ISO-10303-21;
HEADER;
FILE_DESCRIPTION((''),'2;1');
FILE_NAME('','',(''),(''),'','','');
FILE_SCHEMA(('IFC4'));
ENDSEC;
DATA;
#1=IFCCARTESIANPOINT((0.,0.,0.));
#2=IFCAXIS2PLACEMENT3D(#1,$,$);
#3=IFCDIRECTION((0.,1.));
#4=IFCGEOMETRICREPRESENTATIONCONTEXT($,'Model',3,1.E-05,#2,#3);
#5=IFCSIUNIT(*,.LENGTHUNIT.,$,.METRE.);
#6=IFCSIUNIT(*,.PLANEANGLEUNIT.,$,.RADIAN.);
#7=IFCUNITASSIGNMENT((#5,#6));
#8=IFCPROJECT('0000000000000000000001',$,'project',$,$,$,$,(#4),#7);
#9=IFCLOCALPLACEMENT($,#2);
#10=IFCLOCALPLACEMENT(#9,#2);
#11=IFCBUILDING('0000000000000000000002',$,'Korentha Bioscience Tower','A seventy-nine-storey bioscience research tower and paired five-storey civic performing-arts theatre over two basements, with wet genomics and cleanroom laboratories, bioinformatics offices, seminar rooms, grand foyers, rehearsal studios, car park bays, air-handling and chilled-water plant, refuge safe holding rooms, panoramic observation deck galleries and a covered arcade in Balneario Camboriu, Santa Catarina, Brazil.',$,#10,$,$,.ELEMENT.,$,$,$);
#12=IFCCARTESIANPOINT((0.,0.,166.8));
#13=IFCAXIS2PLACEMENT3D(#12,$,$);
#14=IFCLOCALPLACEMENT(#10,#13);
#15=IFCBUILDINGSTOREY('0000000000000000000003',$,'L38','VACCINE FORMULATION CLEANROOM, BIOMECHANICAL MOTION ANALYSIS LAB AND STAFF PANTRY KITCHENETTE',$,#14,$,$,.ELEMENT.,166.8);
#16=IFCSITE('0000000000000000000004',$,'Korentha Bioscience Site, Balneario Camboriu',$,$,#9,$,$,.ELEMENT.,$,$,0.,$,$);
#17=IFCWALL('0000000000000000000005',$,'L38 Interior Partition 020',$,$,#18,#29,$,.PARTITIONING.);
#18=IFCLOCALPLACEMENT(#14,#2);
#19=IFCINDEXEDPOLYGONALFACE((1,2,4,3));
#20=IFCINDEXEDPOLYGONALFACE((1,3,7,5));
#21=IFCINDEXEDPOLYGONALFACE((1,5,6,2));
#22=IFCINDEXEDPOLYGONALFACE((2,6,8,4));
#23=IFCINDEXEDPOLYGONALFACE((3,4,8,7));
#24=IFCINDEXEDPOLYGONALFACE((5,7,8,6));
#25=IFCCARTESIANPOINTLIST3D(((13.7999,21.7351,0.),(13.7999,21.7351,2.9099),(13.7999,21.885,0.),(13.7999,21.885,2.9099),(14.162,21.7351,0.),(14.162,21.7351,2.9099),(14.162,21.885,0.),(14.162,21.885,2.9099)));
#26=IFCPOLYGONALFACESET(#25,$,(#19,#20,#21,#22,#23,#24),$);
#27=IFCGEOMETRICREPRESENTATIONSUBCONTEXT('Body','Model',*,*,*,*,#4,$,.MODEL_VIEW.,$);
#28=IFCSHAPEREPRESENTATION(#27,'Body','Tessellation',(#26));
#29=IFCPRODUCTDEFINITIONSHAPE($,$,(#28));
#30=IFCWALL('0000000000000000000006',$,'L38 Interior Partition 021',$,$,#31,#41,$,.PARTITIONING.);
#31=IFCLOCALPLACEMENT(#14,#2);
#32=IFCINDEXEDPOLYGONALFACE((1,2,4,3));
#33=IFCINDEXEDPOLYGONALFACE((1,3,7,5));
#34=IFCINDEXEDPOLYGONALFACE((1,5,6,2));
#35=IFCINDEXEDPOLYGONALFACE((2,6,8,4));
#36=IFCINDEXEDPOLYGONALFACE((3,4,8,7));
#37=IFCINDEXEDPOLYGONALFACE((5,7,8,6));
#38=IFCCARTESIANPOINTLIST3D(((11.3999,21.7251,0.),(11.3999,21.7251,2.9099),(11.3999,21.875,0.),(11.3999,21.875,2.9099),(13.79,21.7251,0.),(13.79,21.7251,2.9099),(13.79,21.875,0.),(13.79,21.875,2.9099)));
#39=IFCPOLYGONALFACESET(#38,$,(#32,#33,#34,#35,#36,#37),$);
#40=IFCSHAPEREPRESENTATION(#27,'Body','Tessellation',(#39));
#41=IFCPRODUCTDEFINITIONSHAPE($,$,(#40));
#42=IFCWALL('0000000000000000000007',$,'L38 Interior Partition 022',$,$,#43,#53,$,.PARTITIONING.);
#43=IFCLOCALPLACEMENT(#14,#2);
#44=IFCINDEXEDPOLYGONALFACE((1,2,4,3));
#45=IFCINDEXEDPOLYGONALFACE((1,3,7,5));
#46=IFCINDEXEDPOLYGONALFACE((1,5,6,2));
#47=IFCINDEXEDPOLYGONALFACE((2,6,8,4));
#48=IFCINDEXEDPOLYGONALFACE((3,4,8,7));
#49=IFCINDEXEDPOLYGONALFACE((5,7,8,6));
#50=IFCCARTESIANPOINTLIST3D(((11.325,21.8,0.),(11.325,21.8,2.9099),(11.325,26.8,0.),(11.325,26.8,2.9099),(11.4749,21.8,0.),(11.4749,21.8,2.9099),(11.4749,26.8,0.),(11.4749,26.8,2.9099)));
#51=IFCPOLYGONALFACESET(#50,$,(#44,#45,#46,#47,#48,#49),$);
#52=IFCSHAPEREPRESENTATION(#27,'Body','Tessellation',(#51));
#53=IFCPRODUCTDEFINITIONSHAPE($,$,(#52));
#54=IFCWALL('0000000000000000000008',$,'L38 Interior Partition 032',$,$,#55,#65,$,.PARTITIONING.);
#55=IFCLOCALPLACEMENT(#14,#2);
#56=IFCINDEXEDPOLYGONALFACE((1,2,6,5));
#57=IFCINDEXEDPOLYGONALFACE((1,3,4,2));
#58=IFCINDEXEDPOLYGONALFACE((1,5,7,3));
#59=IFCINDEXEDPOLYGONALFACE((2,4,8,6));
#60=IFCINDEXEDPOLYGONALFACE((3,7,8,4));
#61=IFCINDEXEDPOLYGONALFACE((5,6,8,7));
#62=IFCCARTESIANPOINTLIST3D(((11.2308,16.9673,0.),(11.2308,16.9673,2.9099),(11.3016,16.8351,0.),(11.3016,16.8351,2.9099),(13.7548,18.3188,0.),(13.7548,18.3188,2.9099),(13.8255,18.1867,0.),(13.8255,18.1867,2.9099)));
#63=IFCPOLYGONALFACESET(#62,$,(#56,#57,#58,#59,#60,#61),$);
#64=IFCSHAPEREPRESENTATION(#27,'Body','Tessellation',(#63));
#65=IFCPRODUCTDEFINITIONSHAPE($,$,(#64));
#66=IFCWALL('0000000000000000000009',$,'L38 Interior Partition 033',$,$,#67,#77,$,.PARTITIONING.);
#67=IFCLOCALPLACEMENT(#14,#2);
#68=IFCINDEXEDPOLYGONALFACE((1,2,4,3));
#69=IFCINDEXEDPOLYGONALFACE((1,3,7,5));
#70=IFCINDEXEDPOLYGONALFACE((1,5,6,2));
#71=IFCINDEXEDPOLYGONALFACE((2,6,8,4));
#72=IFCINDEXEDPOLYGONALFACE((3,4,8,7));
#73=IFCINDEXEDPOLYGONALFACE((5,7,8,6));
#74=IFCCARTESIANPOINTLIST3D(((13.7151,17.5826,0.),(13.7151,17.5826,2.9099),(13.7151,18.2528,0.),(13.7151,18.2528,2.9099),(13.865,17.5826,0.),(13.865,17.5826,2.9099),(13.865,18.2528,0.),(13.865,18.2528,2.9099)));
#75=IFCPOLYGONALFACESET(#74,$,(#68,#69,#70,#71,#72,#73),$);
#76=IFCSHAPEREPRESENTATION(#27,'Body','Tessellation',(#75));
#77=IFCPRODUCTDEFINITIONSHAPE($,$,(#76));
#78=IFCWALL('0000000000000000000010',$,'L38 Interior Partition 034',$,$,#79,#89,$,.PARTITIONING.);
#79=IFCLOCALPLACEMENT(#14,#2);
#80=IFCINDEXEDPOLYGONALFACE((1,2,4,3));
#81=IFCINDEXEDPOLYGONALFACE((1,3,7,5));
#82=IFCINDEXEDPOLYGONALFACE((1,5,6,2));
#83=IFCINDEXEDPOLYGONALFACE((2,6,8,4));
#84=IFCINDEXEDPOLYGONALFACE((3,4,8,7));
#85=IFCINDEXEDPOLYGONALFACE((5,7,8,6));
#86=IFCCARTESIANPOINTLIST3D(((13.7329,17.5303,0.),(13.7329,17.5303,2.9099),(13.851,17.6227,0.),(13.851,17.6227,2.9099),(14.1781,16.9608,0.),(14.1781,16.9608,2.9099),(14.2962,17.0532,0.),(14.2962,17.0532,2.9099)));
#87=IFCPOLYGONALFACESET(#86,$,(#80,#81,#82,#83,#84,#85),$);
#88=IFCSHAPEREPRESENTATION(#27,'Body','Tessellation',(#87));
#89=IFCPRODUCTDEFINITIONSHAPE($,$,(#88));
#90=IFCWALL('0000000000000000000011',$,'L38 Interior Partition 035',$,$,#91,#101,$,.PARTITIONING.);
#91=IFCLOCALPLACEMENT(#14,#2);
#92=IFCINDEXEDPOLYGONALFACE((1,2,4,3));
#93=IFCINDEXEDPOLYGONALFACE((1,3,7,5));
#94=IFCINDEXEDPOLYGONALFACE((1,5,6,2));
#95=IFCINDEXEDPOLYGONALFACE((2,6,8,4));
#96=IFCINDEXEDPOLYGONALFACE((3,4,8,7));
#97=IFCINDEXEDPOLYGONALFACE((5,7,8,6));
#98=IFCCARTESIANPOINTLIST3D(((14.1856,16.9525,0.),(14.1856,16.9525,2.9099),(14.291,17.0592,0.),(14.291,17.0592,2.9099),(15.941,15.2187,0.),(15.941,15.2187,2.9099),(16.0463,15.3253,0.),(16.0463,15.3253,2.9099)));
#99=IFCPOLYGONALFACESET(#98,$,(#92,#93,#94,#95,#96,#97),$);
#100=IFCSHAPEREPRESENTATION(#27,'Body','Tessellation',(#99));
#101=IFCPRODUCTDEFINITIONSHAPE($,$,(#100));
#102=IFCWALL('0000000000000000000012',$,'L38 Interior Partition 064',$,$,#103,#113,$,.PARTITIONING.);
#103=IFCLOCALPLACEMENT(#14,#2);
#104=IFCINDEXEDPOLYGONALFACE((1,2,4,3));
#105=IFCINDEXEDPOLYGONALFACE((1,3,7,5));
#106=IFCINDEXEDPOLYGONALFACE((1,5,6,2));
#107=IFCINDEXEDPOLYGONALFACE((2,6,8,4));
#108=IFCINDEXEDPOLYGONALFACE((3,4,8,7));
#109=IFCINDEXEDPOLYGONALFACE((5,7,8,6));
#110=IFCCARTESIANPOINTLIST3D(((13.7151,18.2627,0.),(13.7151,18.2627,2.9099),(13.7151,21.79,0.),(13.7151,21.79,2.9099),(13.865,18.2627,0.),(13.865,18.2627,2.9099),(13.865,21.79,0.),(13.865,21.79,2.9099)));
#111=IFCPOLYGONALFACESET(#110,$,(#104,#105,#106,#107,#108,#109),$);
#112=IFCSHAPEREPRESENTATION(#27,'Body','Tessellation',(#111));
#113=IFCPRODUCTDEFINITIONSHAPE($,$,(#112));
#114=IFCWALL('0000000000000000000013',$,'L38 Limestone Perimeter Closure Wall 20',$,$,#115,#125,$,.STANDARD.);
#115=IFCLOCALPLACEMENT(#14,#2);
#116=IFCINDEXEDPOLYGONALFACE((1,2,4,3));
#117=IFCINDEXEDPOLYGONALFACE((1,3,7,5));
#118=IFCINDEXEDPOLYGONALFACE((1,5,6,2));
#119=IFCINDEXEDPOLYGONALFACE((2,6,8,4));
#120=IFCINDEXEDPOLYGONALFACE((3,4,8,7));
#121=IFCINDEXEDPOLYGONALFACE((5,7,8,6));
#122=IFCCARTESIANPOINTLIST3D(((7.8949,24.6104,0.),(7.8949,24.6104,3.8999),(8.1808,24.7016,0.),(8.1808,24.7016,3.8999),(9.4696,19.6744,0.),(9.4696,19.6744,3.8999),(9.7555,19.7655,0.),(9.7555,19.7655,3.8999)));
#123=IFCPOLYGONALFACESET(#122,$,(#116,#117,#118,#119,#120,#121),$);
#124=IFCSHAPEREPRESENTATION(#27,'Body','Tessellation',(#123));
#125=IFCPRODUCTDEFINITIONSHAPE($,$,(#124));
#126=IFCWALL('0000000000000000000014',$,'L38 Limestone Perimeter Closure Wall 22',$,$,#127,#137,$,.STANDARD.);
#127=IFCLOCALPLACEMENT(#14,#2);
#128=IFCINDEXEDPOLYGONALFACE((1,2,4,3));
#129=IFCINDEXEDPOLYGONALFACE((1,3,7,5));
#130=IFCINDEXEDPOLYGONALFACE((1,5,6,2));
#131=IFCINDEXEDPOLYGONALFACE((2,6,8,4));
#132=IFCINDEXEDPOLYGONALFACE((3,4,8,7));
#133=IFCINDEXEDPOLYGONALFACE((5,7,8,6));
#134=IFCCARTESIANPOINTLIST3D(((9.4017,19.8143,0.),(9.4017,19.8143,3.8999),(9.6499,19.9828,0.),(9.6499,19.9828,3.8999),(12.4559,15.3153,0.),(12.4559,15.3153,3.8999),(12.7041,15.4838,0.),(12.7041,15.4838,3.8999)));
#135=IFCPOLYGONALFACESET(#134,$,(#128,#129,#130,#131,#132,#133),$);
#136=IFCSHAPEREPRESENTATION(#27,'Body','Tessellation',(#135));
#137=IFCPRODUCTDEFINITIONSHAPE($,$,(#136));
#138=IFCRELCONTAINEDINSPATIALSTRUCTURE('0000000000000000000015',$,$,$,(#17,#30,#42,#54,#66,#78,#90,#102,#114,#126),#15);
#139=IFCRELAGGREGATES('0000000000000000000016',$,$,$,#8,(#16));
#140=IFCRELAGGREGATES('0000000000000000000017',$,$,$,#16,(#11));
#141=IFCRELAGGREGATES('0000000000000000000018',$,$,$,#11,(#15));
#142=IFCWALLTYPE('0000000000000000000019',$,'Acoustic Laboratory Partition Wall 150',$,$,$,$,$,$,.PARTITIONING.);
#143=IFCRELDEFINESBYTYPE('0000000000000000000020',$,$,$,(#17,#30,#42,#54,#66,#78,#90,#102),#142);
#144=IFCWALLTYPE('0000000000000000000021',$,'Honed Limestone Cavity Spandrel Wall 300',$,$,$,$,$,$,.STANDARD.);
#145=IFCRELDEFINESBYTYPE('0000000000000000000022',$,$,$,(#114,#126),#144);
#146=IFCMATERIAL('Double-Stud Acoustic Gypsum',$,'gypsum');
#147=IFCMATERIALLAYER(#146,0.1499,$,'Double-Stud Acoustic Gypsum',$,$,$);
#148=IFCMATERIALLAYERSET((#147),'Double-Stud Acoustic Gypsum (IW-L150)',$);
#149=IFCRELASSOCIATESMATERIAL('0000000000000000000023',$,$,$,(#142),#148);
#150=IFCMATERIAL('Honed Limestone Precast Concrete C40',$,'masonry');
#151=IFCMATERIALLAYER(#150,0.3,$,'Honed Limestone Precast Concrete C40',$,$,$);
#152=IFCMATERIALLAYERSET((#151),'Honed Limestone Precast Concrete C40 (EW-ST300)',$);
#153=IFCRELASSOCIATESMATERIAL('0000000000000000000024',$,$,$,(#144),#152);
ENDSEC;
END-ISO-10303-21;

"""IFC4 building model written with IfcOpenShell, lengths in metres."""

from ifc_helpers import new_model, si_unit, direction, frame, frame_2d, origin, place, context, subcontext, project, spatial, rectangle, extrude, material, layer, layer_set, type_object, element, save


model = new_model("IFC4")

# Units and contexts
model_context = context("Model", 3, precision=1e-05, world=origin(), true_north=direction((0.0, 1.0)))
body_context = subcontext(model_context, "Body", "Model", "MODEL_VIEW")
ifc_project = project(units=[si_unit("LENGTHUNIT", "METRE"), si_unit("PLANEANGLEUNIT", "RADIAN")], contexts=[model_context])

# Site, building, storey
site_placement = place(None, origin())
site = spatial("IfcSite", under=ifc_project, at=site_placement, Name="Korentha Bioscience Site, Balneario Camboriu", CompositionType="ELEMENT", RefElevation=0.0)
building_placement = place(site_placement, origin())
building = spatial("IfcBuilding", under=site, at=building_placement, Name="Korentha Bioscience Tower", Description="A seventy-nine-storey bioscience research tower and paired five-storey civic performing-arts theatre over two basements, with wet genomics and cleanroom laboratories, bioinformatics offices, seminar rooms, grand foyers, rehearsal studios, car park bays, air-handling and chilled-water plant, refuge safe holding rooms, panoramic observation deck galleries and a covered arcade in Balneario Camboriu, Santa Catarina, Brazil.", CompositionType="ELEMENT")
storey_placement = place(building_placement, frame((0.0, 0.0, 166.8)))
storey = spatial("IfcBuildingStorey", under=building, at=storey_placement, Name="L38", Description="VACCINE FORMULATION CLEANROOM, BIOMECHANICAL MOTION ANALYSIS LAB AND STAFF PANTRY KITCHENETTE", CompositionType="ELEMENT", Elevation=166.8)

# Walls
ifc_material_1 = material(Name="Double-Stud Acoustic Gypsum", Category="gypsum")
ifc_layer_1 = layer(ifc_material_1, 0.1499, Name="Double-Stud Acoustic Gypsum")
ifc_layer_set_1 = layer_set([ifc_layer_1], Name="Double-Stud Acoustic Gypsum (IW-L150)")
wall_type_1 = type_object("IfcWallType", Name="Acoustic Laboratory Partition Wall 150", PredefinedType="PARTITIONING", material=ifc_layer_set_1)
wall_1_placement = place(storey_placement, frame((14.1621, 21.8101, 0.0), z_axis=(0.0, 0.0, 1.0), x_axis=(-1.0, 0.0, 0.0)))
element("IfcWall", 1, at=wall_1_placement, inside=storey, type_object=wall_type_1, Name="L38 Interior Partition 020", PredefinedType="PARTITIONING", context=body_context, shape_type="SweptSolid", body=[
    extrude(rectangle(XDim=0.3621, YDim=0.1499, at=frame_2d((0.1812, 0.0))), origin(), (0.0, 0.0, 1.0), 2.9099),
])
wall_2_placement = place(storey_placement, frame((13.79, 21.8, 0.0), z_axis=(0.0, 0.0, 1.0), x_axis=(-1.0, 0.0, 0.0)))
element("IfcWall", 2, at=wall_2_placement, inside=storey, type_object=wall_type_1, Name="L38 Interior Partition 021", PredefinedType="PARTITIONING", context=body_context, shape_type="SweptSolid", body=[
    extrude(rectangle(XDim=2.3901, YDim=0.1499, at=frame_2d((1.1951, 0.0))), origin(), (0.0, 0.0, 1.0), 2.9099),
])
wall_3_placement = place(storey_placement, frame((11.3999, 21.8, 0.0), z_axis=(0.0, 0.0, 1.0), x_axis=(0.0, 1.0, 0.0)))
element("IfcWall", 3, at=wall_3_placement, inside=storey, type_object=wall_type_1, Name="L38 Interior Partition 022", PredefinedType="PARTITIONING", context=body_context, shape_type="SweptSolid", body=[
    extrude(rectangle(XDim=5.0, YDim=0.1499, at=frame_2d((2.5, 0.0))), origin(), (0.0, 0.0, 1.0), 2.9099),
])
wall_4_placement = place(storey_placement, frame((11.2661, 16.9011, 0.0), z_axis=(0.0, 0.0, 1.0), x_axis=(0.881559, 0.472075, 0.0)))
element("IfcWall", 4, at=wall_4_placement, inside=storey, type_object=wall_type_1, Name="L38 Interior Partition 032", PredefinedType="PARTITIONING", context=body_context, shape_type="SweptSolid", body=[
    extrude(rectangle(XDim=2.863, YDim=0.1499, at=frame_2d((1.4316, 0.0))), origin(), (0.0, 0.0, 1.0), 2.9099),
])
wall_5_placement = place(storey_placement, frame((13.79, 18.2527, 0.0), z_axis=(0.0, 0.0, 1.0), x_axis=(0.0, -1.0, 0.0)))
element("IfcWall", 5, at=wall_5_placement, inside=storey, type_object=wall_type_1, Name="L38 Interior Partition 033", PredefinedType="PARTITIONING", context=body_context, shape_type="SweptSolid", body=[
    extrude(rectangle(XDim=0.6702, YDim=0.1499, at=frame_2d((0.335, 0.0))), origin(), (0.0, 0.0, 1.0), 2.9099),
])
wall_6_placement = place(storey_placement, frame((13.792, 17.5764, 0.0), z_axis=(0.0, 0.0, 1.0), x_axis=(0.615926, -0.787804, 0.0)))
element("IfcWall", 6, at=wall_6_placement, inside=storey, type_object=wall_type_1, Name="L38 Interior Partition 034", PredefinedType="PARTITIONING", context=body_context, shape_type="SweptSolid", body=[
    extrude(rectangle(XDim=0.7229, YDim=0.1499, at=frame_2d((0.3613, 0.0))), origin(), (0.0, 0.0, 1.0), 2.9099),
])
wall_7_placement = place(storey_placement, frame((14.2383, 17.0059, 0.0), z_axis=(0.0, 0.0, 1.0), x_axis=(0.711447, -0.70274, 0.0)))
element("IfcWall", 7, at=wall_7_placement, inside=storey, type_object=wall_type_1, Name="L38 Interior Partition 035", PredefinedType="PARTITIONING", context=body_context, shape_type="SweptSolid", body=[
    extrude(rectangle(XDim=2.4673, YDim=0.1499, at=frame_2d((1.2336, 0.0))), origin(), (0.0, 0.0, 1.0), 2.9099),
])
wall_8_placement = place(storey_placement, frame((13.79, 21.79, 0.0), z_axis=(0.0, 0.0, 1.0), x_axis=(0.0, -1.0, 0.0)))
element("IfcWall", 8, at=wall_8_placement, inside=storey, type_object=wall_type_1, Name="L38 Interior Partition 064", PredefinedType="PARTITIONING", context=body_context, shape_type="SweptSolid", body=[
    extrude(rectangle(XDim=3.5273, YDim=0.1499, at=frame_2d((1.7637, 0.0))), origin(), (0.0, 0.0, 1.0), 2.9099),
])

# Shared definitions
ifc_material_2 = material(Name="Honed Limestone Precast Concrete C40", Category="masonry")
ifc_layer_2 = layer(ifc_material_2, 0.3, Name="Honed Limestone Precast Concrete C40")
ifc_layer_set_2 = layer_set([ifc_layer_2], Name="Honed Limestone Precast Concrete C40 (EW-ST300)")
wall_type_2 = type_object("IfcWallType", Name="Honed Limestone Cavity Spandrel Wall 300", PredefinedType="STANDARD", material=ifc_layer_set_2)

# Walls
wall_9_placement = place(storey_placement, frame((8.0378, 24.656, 0.0), z_axis=(0.0, 0.0, 1.0), x_axis=(0.303931, -0.952694, 0.0)))
element("IfcWall", 9, at=wall_9_placement, inside=storey, type_object=wall_type_2, Name="L38 Limestone Perimeter Closure Wall 20", PredefinedType="STANDARD", context=body_context, shape_type="SweptSolid", body=[
    extrude(rectangle(XDim=5.1812, YDim=0.3, at=frame_2d((2.5906, 0.0))), origin(), (0.0, 0.0, 1.0), 3.8999),
])
wall_10_placement = place(storey_placement, frame((9.5259, 19.8984, 0.0), z_axis=(0.0, 0.0, 1.0), x_axis=(0.561664, -0.827365, 0.0)))
element("IfcWall", 10, at=wall_10_placement, inside=storey, type_object=wall_type_2, Name="L38 Limestone Perimeter Closure Wall 22", PredefinedType="STANDARD", context=body_context, shape_type="SweptSolid", body=[
    extrude(rectangle(XDim=5.4377, YDim=0.3, at=frame_2d((2.7188, 0.0))), origin(), (0.0, 0.0, 1.0), 3.8999),
])

save(model, "model.ifc")
